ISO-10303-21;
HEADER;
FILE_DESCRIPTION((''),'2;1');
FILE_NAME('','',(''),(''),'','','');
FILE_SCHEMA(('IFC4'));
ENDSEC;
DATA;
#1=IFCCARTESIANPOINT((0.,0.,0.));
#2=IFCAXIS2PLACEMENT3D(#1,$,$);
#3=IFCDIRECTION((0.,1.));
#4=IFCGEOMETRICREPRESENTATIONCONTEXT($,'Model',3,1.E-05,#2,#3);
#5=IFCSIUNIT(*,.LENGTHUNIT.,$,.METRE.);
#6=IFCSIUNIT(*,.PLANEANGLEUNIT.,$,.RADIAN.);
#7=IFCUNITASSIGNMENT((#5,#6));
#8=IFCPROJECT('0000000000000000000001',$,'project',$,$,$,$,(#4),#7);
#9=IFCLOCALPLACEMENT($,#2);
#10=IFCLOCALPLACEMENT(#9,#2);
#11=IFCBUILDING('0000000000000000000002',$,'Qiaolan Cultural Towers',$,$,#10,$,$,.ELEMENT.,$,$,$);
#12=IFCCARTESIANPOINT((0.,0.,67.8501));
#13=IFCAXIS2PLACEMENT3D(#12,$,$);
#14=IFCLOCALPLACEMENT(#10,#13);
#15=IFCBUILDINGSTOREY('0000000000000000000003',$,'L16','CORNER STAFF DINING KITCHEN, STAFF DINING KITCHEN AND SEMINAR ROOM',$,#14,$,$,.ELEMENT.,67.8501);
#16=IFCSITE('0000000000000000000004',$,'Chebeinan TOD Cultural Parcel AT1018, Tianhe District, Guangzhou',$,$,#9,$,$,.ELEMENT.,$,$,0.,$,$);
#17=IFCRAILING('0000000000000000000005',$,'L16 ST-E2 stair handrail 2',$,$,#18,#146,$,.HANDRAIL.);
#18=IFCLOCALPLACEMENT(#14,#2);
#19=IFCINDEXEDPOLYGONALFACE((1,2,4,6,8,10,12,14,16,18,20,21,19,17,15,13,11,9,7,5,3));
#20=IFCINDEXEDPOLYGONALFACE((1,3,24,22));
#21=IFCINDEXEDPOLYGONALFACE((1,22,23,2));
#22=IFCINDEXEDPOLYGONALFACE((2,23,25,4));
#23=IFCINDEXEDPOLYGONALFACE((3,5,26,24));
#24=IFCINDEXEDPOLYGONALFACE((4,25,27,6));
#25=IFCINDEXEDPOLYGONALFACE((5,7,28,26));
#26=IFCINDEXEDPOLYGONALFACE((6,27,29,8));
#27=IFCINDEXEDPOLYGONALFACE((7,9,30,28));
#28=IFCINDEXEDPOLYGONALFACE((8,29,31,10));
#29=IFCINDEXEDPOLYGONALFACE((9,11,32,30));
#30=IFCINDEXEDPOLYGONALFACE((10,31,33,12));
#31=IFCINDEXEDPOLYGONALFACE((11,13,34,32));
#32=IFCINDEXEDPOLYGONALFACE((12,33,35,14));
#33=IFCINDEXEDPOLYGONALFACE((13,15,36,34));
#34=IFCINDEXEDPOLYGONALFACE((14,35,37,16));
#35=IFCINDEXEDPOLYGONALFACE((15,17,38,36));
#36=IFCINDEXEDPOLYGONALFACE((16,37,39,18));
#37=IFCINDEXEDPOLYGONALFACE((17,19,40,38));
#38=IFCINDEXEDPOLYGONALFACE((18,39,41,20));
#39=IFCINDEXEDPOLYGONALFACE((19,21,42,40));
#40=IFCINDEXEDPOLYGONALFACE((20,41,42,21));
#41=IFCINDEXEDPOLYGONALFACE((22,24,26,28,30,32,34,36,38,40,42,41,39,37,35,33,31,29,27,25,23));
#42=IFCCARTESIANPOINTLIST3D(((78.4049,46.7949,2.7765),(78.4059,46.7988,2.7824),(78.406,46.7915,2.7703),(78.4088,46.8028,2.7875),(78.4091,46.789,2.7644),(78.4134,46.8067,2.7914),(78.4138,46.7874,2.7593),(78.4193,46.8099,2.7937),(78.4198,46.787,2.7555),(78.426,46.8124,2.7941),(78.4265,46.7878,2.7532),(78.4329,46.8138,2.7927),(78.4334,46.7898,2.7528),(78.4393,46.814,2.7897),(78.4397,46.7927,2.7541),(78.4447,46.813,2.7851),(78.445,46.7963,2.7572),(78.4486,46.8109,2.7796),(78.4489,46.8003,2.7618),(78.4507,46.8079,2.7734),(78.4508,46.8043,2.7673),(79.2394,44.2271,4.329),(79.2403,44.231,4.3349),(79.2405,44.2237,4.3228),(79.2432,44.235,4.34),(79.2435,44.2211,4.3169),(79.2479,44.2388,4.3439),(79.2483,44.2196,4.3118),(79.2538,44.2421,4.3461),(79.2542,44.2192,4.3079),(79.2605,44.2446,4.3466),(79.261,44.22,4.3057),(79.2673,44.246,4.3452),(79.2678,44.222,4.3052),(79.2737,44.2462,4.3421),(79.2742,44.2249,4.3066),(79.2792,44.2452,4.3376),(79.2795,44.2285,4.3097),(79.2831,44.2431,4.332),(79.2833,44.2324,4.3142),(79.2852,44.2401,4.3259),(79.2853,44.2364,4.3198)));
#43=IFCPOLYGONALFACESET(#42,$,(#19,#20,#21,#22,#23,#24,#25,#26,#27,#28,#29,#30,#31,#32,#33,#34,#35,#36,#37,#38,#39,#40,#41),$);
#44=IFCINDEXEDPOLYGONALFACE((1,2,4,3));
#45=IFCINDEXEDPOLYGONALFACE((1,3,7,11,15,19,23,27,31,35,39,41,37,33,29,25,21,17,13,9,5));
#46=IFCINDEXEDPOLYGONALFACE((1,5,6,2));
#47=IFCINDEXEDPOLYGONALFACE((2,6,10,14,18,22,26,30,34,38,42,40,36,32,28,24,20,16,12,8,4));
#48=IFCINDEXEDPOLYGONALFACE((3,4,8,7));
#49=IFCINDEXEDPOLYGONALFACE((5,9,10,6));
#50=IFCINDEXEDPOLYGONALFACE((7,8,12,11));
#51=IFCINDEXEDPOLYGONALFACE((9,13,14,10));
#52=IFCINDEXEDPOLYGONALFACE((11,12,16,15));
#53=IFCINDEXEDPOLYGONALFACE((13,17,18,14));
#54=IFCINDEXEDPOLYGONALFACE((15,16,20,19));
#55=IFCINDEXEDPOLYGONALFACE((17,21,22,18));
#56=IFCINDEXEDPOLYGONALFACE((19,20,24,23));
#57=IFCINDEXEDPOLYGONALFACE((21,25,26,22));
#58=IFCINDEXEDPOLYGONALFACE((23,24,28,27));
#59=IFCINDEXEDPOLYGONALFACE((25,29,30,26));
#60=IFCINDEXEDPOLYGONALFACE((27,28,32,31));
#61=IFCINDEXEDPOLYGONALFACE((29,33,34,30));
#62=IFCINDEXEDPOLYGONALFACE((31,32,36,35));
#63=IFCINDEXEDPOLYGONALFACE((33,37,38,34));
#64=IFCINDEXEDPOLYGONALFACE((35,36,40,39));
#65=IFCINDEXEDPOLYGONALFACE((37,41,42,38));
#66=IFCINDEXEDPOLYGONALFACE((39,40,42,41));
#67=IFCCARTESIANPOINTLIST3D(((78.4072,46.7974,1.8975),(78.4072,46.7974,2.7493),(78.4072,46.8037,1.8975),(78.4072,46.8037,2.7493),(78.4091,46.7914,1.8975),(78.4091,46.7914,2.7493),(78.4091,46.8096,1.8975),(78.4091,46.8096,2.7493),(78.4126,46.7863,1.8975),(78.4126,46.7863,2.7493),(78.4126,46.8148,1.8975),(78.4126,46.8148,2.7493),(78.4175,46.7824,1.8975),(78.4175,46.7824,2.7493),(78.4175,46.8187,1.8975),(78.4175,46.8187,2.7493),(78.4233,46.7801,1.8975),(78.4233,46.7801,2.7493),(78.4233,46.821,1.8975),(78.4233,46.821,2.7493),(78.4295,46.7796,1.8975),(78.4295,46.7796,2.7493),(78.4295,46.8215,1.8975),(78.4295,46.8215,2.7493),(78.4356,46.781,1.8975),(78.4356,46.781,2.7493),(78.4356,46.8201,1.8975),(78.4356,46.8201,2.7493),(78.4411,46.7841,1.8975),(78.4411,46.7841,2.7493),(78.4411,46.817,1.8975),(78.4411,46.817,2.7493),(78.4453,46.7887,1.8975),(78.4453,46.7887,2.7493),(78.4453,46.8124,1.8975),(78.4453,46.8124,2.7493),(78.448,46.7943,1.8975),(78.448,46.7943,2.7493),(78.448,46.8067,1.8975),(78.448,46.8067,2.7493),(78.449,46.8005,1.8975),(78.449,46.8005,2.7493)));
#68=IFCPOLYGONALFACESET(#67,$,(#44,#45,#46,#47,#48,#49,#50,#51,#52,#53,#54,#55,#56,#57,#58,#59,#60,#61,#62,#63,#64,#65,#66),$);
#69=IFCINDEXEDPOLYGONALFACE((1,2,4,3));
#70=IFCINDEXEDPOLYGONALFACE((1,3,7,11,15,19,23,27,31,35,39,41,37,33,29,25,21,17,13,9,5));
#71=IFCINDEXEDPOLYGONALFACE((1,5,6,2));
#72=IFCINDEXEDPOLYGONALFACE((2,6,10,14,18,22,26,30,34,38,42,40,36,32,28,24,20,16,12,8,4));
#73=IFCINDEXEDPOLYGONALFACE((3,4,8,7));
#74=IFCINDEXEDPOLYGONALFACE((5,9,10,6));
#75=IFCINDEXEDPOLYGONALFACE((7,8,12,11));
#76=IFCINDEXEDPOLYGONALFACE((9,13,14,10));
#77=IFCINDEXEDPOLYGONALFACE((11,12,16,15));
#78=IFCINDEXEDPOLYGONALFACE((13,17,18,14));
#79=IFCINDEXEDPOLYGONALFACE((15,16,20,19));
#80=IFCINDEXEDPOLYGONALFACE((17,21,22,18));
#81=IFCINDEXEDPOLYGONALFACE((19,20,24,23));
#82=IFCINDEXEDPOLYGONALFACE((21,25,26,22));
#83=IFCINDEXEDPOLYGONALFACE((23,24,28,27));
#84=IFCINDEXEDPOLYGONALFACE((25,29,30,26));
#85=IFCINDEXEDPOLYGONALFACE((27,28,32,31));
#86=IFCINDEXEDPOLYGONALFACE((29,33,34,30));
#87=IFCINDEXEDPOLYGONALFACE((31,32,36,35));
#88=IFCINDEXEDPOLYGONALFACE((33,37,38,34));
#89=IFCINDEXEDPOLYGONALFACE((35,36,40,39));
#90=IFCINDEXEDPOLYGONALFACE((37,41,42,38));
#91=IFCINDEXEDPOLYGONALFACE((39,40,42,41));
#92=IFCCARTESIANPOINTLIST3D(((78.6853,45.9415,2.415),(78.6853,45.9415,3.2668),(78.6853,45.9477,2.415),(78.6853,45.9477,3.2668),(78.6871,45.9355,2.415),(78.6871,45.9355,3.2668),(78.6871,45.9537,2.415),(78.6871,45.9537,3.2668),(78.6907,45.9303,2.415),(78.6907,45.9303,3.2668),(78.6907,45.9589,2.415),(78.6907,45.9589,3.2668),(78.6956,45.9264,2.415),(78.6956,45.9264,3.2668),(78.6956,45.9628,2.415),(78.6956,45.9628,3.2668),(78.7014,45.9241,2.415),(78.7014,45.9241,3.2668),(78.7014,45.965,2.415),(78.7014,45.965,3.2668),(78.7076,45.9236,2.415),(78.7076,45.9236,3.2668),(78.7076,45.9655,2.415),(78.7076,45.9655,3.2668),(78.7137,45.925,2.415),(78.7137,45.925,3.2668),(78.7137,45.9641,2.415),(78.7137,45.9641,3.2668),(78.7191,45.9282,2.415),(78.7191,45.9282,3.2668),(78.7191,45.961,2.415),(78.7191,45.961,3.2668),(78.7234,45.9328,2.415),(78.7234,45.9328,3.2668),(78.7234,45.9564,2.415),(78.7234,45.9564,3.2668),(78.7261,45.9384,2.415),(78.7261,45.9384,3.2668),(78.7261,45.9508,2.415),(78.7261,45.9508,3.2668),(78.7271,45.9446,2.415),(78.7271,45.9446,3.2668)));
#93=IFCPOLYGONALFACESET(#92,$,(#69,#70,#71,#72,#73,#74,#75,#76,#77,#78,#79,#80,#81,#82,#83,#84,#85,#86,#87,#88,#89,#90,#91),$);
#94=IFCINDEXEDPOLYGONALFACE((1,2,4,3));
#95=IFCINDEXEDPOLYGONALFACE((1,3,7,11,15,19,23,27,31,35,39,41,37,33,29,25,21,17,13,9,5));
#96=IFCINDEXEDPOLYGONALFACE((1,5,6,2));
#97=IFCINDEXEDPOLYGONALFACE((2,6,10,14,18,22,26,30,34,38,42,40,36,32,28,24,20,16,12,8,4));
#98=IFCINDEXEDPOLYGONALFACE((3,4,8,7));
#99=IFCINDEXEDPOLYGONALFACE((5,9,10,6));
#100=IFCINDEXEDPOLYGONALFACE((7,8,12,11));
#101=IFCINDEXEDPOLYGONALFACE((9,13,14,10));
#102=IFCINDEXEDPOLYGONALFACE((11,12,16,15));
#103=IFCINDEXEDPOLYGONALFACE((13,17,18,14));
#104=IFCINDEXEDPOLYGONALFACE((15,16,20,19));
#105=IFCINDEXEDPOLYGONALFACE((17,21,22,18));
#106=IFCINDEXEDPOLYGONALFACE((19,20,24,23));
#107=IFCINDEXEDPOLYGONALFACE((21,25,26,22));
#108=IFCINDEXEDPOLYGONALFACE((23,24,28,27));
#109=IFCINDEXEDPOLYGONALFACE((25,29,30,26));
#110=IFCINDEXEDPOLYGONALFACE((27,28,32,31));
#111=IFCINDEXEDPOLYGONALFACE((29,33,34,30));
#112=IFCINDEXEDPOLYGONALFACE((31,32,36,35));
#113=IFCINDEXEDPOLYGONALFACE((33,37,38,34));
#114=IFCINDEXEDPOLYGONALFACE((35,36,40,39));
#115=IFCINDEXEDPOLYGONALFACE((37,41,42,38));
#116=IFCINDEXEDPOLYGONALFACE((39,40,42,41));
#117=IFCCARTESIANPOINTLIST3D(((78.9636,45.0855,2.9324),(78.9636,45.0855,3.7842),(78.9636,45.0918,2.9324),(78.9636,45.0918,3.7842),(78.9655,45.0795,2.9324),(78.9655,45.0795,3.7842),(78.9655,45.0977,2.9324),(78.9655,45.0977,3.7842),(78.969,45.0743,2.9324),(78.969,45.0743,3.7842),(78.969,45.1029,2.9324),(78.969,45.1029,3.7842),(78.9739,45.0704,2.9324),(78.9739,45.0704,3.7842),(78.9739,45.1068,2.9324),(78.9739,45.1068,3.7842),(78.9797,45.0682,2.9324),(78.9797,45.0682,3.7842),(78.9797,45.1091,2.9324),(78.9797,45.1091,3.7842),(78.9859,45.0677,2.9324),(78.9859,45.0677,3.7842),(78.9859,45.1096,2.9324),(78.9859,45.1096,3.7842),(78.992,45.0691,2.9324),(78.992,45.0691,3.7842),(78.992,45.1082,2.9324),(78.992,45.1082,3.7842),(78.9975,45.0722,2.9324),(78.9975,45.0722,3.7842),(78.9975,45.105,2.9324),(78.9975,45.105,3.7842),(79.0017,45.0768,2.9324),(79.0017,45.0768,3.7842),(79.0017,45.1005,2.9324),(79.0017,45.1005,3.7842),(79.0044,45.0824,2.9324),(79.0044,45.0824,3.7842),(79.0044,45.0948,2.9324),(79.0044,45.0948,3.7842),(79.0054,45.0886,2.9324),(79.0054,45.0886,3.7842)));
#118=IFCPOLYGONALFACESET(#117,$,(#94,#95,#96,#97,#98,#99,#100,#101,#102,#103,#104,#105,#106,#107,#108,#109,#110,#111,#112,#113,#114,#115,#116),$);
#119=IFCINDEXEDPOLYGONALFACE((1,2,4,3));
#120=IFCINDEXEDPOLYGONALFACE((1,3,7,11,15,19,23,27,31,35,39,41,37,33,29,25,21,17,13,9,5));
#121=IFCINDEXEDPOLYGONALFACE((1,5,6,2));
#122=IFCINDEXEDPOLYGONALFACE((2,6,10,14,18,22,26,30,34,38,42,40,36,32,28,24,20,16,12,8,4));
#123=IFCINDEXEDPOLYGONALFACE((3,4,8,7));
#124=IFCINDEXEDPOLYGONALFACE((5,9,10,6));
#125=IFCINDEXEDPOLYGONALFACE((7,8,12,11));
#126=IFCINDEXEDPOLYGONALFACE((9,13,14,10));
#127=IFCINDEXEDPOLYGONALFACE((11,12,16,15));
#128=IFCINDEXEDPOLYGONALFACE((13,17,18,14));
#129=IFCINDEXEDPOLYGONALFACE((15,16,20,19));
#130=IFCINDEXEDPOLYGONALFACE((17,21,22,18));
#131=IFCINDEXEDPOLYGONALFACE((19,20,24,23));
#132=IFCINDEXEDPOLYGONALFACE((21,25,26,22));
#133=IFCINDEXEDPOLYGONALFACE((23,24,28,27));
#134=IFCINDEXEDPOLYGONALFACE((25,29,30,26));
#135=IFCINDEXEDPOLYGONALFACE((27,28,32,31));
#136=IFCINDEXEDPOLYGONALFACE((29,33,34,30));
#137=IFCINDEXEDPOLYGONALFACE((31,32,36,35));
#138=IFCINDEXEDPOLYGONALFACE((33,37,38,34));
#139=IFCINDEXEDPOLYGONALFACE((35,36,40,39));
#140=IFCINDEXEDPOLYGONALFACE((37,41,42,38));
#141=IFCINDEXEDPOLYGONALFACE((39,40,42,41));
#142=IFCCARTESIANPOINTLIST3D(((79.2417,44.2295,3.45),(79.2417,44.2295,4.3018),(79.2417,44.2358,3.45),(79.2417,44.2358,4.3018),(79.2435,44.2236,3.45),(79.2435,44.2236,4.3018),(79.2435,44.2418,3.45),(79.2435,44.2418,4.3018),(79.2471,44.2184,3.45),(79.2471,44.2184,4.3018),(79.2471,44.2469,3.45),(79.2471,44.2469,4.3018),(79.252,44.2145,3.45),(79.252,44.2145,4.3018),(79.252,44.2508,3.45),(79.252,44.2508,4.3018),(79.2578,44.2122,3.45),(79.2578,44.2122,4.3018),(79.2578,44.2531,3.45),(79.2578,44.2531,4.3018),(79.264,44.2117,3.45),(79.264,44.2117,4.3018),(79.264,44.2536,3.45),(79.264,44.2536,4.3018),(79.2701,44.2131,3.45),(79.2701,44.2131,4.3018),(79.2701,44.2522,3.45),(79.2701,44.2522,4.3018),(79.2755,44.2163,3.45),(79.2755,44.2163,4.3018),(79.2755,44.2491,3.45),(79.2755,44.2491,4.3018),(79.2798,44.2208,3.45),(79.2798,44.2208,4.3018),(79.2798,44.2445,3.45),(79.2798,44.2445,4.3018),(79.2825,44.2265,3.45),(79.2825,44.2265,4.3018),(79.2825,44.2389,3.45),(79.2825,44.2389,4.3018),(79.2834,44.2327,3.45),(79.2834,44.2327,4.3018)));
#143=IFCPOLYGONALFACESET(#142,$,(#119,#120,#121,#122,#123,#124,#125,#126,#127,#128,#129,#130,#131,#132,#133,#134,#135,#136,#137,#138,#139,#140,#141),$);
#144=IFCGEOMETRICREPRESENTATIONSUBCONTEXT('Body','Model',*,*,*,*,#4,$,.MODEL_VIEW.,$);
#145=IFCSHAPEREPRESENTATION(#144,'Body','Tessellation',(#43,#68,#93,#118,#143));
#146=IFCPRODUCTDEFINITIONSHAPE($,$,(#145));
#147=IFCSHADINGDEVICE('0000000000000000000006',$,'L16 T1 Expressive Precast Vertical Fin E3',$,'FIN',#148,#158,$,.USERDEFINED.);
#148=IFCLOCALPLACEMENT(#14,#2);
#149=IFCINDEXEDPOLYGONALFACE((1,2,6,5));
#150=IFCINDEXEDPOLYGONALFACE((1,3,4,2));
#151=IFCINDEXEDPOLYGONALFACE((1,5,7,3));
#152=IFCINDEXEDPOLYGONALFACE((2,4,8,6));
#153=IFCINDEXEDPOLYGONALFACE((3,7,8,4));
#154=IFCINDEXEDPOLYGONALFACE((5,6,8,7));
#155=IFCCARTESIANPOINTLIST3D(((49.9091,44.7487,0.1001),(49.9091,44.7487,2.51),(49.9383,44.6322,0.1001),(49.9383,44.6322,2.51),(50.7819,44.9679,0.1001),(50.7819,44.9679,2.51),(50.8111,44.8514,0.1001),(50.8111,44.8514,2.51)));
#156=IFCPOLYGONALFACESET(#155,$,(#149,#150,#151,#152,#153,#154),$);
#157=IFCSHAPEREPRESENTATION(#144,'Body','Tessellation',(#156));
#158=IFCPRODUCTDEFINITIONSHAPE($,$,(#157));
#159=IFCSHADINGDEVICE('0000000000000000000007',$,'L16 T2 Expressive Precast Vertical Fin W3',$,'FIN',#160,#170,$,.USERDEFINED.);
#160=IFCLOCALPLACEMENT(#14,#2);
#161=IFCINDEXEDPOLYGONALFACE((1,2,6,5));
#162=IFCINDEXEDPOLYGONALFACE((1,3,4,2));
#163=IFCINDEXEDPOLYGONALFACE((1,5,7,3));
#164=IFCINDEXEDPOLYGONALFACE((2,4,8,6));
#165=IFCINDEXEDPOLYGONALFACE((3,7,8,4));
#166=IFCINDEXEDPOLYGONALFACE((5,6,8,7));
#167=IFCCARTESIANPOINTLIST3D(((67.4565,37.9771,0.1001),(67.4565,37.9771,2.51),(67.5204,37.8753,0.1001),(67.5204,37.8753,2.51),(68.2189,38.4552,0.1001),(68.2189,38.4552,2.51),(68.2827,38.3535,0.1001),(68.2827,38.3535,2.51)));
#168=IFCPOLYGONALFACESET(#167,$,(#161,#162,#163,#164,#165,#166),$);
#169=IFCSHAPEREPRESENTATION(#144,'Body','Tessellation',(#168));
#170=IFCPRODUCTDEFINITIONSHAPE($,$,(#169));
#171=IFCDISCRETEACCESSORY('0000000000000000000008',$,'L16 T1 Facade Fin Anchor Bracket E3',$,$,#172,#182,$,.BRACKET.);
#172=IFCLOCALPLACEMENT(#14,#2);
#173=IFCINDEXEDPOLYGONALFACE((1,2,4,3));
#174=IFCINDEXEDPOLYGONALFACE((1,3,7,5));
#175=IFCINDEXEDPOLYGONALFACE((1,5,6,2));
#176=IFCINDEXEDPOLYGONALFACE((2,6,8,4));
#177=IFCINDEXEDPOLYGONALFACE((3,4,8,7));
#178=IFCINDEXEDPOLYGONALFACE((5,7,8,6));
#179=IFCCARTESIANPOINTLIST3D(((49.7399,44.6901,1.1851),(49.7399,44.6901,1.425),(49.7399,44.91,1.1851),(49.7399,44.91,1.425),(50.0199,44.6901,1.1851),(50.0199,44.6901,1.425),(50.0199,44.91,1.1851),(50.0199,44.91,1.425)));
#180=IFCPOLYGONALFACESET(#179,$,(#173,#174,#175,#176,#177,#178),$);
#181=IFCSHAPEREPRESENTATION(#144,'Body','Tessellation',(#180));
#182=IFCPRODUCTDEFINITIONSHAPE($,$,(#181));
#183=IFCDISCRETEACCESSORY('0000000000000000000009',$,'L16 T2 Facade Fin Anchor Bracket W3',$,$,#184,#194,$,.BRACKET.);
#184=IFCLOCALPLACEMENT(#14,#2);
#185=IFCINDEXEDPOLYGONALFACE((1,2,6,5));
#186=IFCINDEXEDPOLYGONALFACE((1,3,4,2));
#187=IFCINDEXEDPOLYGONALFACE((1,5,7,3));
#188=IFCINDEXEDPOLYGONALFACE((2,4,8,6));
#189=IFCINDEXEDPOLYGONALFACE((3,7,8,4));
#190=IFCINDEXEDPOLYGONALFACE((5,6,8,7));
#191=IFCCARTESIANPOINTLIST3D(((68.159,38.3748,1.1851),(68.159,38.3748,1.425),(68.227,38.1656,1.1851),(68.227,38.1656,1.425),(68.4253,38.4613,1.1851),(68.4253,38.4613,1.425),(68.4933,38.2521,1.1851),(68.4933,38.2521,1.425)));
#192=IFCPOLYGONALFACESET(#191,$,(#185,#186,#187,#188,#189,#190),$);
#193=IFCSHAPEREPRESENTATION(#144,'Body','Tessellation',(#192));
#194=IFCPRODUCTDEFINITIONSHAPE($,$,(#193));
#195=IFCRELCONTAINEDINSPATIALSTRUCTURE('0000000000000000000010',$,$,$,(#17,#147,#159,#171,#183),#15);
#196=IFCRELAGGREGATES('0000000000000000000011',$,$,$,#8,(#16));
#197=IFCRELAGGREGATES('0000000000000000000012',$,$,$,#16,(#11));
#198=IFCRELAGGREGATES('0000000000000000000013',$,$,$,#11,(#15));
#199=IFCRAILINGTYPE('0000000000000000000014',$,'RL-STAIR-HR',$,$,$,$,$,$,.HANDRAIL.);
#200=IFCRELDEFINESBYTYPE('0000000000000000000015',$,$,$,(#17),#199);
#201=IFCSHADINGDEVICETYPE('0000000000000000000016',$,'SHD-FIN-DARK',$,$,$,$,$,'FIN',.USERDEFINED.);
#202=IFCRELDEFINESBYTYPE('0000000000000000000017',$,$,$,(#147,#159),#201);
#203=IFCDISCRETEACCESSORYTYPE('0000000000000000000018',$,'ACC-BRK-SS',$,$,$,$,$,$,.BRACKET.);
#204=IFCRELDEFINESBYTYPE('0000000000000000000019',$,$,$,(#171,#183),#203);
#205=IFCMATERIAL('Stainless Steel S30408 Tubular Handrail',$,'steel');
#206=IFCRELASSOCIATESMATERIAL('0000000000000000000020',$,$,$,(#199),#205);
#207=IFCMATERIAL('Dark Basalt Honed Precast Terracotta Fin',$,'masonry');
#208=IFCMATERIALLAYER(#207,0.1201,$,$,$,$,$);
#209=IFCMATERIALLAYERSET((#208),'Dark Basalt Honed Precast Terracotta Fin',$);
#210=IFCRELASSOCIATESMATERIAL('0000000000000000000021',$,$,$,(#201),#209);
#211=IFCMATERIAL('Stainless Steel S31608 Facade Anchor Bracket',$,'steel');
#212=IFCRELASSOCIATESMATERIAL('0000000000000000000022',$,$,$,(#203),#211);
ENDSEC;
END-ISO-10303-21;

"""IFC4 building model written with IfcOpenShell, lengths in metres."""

from ifc_helpers import new_model, si_unit, direction, frame, origin, origin_2d, place, context, subcontext, project, spatial, rectangle, circle, extrude, material, layer, layer_set, type_object, element, save


model = new_model("IFC4")

# Units and contexts
model_context = context("Model", 3, precision=1e-05, world=origin(), true_north=direction((0.0, 1.0)))
body_context = subcontext(model_context, "Body", "Model", "MODEL_VIEW")
ifc_project = project(units=[si_unit("LENGTHUNIT", "METRE"), si_unit("PLANEANGLEUNIT", "RADIAN")], contexts=[model_context])

# Site, building, storey
site_placement = place(None, origin())
site = spatial("IfcSite", under=ifc_project, at=site_placement, Name="Chebeinan TOD Cultural Parcel AT1018, Tianhe District, Guangzhou", CompositionType="ELEMENT", RefElevation=0.0)
building_placement = place(site_placement, origin())
building = spatial("IfcBuilding", under=site, at=building_placement, Name="Qiaolan Cultural Towers", CompositionType="ELEMENT")
storey_placement = place(building_placement, frame((0.0, 0.0, 67.8501)))
storey = spatial("IfcBuildingStorey", under=building, at=storey_placement, Name="L16", Description="CORNER STAFF DINING KITCHEN, STAFF DINING KITCHEN AND SEMINAR ROOM", CompositionType="ELEMENT", Elevation=67.8501)

# Railing
ifc_material_1 = material(Name="Stainless Steel S30408 Tubular Handrail", Category="steel")
railing_type_1 = type_object("IfcRailingType", Name="RL-STAIR-HR", PredefinedType="HANDRAIL", material=ifc_material_1)
railing_1_placement = place(storey_placement, frame((78.428, 46.8005, 1.8975)))
element("IfcRailing", 1, at=railing_1_placement, inside=storey, type_object=railing_type_1, Name="L16 ST-E2 stair handrail 2", PredefinedType="HANDRAIL", context=body_context, shape_type="SweptSolid", body=[
    extrude(circle(Radius=0.0239, at=origin_2d()), frame((0.0, 0.0, 0.876), z_axis=(0.267926, -0.824471, 0.498461), x_axis=(0.951043, 0.309057, 0.0)), (0.0, 0.0, 1.0), 3.1145),
    extrude(circle(Radius=0.021, at=origin_2d()), origin(), (0.0, 0.0, 1.0), 0.8518),
    extrude(circle(Radius=0.021, at=origin_2d()), frame((0.2781, -0.856, 0.5176)), (0.0, 0.0, 1.0), 0.8518),
    extrude(circle(Radius=0.021, at=origin_2d()), frame((0.5564, -1.7119, 1.0349)), (0.0, 0.0, 1.0), 0.8518),
    extrude(circle(Radius=0.021, at=origin_2d()), frame((0.8345, -2.5679, 1.5525)), (0.0, 0.0, 1.0), 0.8518),
])

# Shading devices
ifc_material_2 = material(Name="Dark Basalt Honed Precast Terracotta Fin", Category="masonry")
ifc_layer_1 = layer(ifc_material_2, 0.1201)
ifc_layer_set_1 = layer_set([ifc_layer_1], Name="Dark Basalt Honed Precast Terracotta Fin")
shading_device_type = type_object("IfcShadingDeviceType", Name="SHD-FIN-DARK", ElementType="FIN", PredefinedType="USERDEFINED", material=ifc_layer_set_1)
for number, where, z_axis, x_axis, name in (
    (2, (50.3601, 44.8, 0.1001), (0.0, 0.0, 1.0), (0.969892, 0.243537, 0.0), "L16 T1 Expressive Precast Vertical Fin E3"),
    (3, (67.8696, 38.1653, 0.1001), (0.0, 0.0, 1.0), (0.847165, 0.53133, 0.0), "L16 T2 Expressive Precast Vertical Fin W3"),
):
    element("IfcShadingDevice", number, at=place(storey_placement, frame(where, z_axis=z_axis, x_axis=x_axis)), inside=storey, type_object=shading_device_type, Name=name, ObjectType="FIN", PredefinedType="USERDEFINED", context=body_context, shape_type="SweptSolid", body=[
        extrude(rectangle(XDim=0.8999, YDim=0.1201, at=origin_2d()), origin(), (0.0, 0.0, 1.0), 2.4099),
    ])

# Discrete accessories
ifc_material_3 = material(Name="Stainless Steel S31608 Facade Anchor Bracket", Category="steel")
discrete_accessory_type = type_object("IfcDiscreteAccessoryType", Name="ACC-BRK-SS", PredefinedType="BRACKET", material=ifc_material_3)
for number, where, z_axis, x_axis, name in (
    (4, (49.8799, 44.8, 1.1851), (0.0, 0.0, 1.0), (1.0, 0.0, 0.0), "L16 T1 Facade Fin Anchor Bracket E3"),
    (5, (68.3262, 38.3135, 1.1851), (0.0, 0.0, 1.0), (0.951057, 0.309017, 0.0), "L16 T2 Facade Fin Anchor Bracket W3"),
):
    element("IfcDiscreteAccessory", number, at=place(storey_placement, frame(where, z_axis=z_axis, x_axis=x_axis)), inside=storey, type_object=discrete_accessory_type, Name=name, PredefinedType="BRACKET", context=body_context, shape_type="SweptSolid", body=[
        extrude(rectangle(XDim=0.28, YDim=0.22, at=origin_2d()), origin(), (0.0, 0.0, 1.0), 0.24),
    ])

save(model, "model.ifc")
